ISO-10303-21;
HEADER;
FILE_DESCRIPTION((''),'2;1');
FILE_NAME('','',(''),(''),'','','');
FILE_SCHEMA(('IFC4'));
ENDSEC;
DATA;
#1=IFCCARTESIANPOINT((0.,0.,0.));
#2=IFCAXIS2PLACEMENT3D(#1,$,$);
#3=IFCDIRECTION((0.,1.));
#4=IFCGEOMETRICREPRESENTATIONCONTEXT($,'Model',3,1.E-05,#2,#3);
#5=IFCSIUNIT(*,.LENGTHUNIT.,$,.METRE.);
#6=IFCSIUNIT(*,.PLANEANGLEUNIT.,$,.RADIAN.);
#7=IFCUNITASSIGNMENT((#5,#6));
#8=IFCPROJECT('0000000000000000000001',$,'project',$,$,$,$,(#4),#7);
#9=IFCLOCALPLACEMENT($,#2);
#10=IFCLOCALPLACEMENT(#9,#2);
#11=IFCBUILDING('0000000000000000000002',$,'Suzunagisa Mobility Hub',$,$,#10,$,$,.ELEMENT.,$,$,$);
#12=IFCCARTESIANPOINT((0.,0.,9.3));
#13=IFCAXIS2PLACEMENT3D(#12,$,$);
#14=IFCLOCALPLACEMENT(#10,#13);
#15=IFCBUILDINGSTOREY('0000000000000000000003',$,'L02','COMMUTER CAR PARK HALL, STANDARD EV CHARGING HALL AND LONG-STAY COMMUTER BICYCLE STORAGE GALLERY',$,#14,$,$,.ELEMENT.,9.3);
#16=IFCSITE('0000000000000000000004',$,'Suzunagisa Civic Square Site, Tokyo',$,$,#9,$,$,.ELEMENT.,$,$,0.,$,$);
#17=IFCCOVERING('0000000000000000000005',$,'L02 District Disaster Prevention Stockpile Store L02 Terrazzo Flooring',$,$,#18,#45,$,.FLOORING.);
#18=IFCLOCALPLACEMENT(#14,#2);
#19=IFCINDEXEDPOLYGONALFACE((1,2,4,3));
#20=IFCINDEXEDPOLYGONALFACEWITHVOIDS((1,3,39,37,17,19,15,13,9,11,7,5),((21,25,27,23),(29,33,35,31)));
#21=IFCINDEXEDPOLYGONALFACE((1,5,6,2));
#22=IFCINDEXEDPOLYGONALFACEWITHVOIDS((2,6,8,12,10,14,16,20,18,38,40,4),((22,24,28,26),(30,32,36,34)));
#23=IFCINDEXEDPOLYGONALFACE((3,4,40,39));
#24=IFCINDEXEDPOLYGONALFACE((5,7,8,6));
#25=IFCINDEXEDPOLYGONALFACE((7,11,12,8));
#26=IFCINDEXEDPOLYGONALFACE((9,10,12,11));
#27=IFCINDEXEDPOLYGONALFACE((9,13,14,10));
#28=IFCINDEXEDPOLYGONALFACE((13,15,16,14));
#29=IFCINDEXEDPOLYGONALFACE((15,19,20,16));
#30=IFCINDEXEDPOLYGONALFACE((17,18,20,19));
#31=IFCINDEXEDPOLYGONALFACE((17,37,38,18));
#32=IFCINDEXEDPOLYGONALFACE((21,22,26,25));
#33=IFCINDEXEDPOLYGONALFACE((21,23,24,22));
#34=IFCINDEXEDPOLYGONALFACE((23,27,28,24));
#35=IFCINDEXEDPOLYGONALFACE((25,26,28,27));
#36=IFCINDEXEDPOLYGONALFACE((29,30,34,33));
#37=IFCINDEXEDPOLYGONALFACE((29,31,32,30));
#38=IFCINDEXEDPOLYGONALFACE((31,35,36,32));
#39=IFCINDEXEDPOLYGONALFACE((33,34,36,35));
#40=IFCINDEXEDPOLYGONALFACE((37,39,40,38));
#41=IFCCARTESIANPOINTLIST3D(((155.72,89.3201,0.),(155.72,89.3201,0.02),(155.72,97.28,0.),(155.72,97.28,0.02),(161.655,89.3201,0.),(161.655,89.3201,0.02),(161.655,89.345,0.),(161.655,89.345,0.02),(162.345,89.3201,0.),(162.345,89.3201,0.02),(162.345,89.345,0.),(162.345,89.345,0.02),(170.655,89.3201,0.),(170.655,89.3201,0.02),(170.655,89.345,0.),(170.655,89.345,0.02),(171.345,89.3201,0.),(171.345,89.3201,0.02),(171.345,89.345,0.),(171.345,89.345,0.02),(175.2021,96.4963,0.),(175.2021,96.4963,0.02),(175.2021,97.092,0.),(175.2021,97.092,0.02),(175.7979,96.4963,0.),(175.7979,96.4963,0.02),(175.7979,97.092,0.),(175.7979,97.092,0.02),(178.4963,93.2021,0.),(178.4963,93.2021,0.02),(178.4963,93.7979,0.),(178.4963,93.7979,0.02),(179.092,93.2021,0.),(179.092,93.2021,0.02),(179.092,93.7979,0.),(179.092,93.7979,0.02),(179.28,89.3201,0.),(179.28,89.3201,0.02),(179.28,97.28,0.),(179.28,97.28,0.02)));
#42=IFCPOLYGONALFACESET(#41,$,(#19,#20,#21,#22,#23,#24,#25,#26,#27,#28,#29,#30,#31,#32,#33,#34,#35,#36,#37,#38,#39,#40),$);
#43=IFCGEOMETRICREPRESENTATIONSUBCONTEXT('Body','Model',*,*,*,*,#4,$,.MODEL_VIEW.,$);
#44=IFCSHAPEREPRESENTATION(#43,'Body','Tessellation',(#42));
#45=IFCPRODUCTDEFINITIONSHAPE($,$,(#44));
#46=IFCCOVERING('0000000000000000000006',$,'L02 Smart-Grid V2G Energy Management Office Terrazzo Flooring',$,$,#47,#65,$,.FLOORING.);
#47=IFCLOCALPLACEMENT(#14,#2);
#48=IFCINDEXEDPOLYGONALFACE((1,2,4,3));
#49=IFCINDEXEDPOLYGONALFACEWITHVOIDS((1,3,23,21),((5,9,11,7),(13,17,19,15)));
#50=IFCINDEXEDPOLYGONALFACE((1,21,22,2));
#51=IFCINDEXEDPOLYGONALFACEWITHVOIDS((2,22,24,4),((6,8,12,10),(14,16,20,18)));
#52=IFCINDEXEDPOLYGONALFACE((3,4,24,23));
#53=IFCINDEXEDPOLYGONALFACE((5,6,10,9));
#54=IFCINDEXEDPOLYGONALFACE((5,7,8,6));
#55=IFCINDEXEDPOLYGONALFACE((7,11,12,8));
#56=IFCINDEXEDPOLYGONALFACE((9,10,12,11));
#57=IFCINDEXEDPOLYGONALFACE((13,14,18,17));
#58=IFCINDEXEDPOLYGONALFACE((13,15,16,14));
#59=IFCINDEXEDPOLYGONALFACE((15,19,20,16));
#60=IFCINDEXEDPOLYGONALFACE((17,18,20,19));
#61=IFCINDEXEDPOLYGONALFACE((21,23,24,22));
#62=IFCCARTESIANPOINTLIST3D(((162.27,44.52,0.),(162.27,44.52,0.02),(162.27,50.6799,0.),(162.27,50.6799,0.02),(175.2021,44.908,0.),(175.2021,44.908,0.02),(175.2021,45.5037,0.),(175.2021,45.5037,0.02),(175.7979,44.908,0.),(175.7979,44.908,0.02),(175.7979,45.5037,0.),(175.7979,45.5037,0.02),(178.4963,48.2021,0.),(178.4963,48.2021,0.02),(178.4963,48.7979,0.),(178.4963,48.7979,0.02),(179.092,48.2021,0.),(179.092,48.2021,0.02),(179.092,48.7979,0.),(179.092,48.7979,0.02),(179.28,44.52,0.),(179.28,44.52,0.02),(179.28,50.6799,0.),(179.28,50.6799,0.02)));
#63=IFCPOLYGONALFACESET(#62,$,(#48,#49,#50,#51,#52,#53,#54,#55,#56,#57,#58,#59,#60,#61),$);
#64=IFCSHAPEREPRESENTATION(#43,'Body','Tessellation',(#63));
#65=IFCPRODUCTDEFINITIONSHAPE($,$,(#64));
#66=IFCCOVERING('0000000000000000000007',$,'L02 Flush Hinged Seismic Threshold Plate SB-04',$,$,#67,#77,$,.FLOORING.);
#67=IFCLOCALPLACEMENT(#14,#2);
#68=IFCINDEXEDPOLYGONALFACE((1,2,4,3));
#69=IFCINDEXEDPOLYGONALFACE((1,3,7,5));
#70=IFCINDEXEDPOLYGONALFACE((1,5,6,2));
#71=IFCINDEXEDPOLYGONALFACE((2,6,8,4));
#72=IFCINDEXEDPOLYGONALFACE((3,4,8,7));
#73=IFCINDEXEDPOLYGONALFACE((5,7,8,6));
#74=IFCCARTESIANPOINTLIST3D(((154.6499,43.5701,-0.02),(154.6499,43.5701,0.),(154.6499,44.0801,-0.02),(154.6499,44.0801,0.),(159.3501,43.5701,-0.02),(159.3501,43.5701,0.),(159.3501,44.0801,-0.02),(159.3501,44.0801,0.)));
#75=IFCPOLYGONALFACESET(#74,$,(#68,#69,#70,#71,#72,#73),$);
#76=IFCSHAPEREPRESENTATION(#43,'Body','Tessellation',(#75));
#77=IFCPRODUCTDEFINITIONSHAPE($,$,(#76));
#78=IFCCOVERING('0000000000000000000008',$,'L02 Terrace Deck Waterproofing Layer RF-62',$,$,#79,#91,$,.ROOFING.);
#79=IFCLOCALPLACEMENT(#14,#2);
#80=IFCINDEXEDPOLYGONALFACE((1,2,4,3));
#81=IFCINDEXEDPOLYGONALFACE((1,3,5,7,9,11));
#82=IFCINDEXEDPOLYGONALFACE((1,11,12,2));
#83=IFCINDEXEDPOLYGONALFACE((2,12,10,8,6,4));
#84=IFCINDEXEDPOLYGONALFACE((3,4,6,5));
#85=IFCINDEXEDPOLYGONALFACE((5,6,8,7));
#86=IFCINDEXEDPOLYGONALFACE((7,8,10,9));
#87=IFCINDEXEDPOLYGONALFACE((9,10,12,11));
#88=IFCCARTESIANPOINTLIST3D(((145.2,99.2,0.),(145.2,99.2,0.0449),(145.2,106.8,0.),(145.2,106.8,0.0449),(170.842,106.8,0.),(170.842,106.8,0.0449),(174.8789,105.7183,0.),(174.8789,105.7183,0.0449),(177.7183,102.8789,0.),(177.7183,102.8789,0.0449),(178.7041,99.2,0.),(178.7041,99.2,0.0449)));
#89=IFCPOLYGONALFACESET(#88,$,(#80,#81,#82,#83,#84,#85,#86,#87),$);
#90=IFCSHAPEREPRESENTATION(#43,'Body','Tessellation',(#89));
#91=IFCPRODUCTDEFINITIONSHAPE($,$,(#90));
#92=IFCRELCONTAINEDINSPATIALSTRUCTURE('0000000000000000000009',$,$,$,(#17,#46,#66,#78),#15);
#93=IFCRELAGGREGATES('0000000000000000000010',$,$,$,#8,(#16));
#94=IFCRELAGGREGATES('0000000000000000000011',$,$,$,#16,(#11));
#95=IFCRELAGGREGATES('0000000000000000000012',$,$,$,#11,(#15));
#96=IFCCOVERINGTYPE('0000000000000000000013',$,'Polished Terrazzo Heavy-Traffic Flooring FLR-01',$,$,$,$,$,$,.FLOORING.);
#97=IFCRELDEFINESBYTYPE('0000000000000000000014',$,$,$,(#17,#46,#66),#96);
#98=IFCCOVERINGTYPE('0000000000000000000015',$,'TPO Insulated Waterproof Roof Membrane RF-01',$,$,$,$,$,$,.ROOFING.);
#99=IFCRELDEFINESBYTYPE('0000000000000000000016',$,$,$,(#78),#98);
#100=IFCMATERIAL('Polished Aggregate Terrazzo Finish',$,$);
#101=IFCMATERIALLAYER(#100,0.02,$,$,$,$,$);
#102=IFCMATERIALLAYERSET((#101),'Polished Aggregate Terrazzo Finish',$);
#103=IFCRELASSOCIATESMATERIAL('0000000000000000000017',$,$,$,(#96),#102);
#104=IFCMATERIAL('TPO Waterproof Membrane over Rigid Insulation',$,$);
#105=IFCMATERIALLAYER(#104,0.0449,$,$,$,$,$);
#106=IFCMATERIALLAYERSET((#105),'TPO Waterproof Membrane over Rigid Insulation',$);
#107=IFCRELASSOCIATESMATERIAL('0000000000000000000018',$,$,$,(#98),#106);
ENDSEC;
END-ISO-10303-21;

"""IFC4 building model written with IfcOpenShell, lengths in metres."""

from ifc_helpers import new_model, si_unit, direction, frame, origin, place, context, subcontext, project, spatial, polyline, outline, extrude, material, layer, layer_set, type_object, element, save


model = new_model("IFC4")

# Units and contexts
model_context = context("Model", 3, precision=1e-05, world=origin(), true_north=direction((0.0, 1.0)))
body_context = subcontext(model_context, "Body", "Model", "MODEL_VIEW")
ifc_project = project(units=[si_unit("LENGTHUNIT", "METRE"), si_unit("PLANEANGLEUNIT", "RADIAN")], contexts=[model_context])

# Site, building, storey
site_placement = place(None, origin())
site = spatial("IfcSite", under=ifc_project, at=site_placement, Name="Suzunagisa Civic Square Site, Tokyo", CompositionType="ELEMENT", RefElevation=0.0)
building_placement = place(site_placement, origin())
building = spatial("IfcBuilding", under=site, at=building_placement, Name="Suzunagisa Mobility Hub", CompositionType="ELEMENT")
storey_placement = place(building_placement, frame((0.0, 0.0, 9.3)))
storey = spatial("IfcBuildingStorey", under=building, at=storey_placement, Name="L02", Description="COMMUTER CAR PARK HALL, STANDARD EV CHARGING HALL AND LONG-STAY COMMUTER BICYCLE STORAGE GALLERY", CompositionType="ELEMENT", Elevation=9.3)

# Coverings
ifc_material_1 = material(Name="Polished Aggregate Terrazzo Finish")
ifc_layer_1 = layer(ifc_material_1, 0.02)
ifc_layer_set_1 = layer_set([ifc_layer_1], Name="Polished Aggregate Terrazzo Finish")
covering_type_1 = type_object("IfcCoveringType", Name="Polished Terrazzo Heavy-Traffic Flooring FLR-01", PredefinedType="FLOORING", material=ifc_layer_set_1)
covering_1_placement = place(storey_placement, origin())
element("IfcCovering", 1, at=covering_1_placement, inside=storey, type_object=covering_type_1, Name="L02 District Disaster Prevention Stockpile Store L02 Terrazzo Flooring", PredefinedType="FLOORING", context=body_context, shape_type="SweptSolid", body=[
    extrude(outline(polyline([(171.345, 89.3201), (171.345, 89.345), (170.655, 89.345), (170.655, 89.3201), (162.345, 89.3201), (162.345, 89.345), (161.655, 89.345), (161.655, 89.3201), (155.72, 89.3201), (155.72, 97.28), (179.28, 97.28), (179.28, 89.3201), (171.345, 89.3201)]), holes=[polyline([(175.7979, 97.092), (175.2021, 97.092), (175.2021, 96.4963), (175.7979, 96.4963), (175.7979, 97.092)]), polyline([(179.092, 93.2021), (179.092, 93.7979), (178.4963, 93.7979), (178.4963, 93.2021), (179.092, 93.2021)])]), origin(), (0.0, 0.0, 1.0), 0.02),
])
covering_2_placement = place(storey_placement, origin())
element("IfcCovering", 2, at=covering_2_placement, inside=storey, type_object=covering_type_1, Name="L02 Smart-Grid V2G Energy Management Office Terrazzo Flooring", PredefinedType="FLOORING", context=body_context, shape_type="SweptSolid", body=[
    extrude(outline(polyline([(162.27, 44.52), (162.27, 50.6799), (179.28, 50.6799), (179.28, 44.52), (162.27, 44.52)]), holes=[polyline([(175.7979, 45.5037), (175.2021, 45.5037), (175.2021, 44.908), (175.7979, 44.908), (175.7979, 45.5037)]), polyline([(179.092, 48.2021), (179.092, 48.7979), (178.4963, 48.7979), (178.4963, 48.2021), (179.092, 48.2021)])]), origin(), (0.0, 0.0, 1.0), 0.02),
])
covering_3_placement = place(storey_placement, frame((0.0, 0.0, -0.02)))
element("IfcCovering", 3, at=covering_3_placement, inside=storey, type_object=covering_type_1, Name="L02 Flush Hinged Seismic Threshold Plate SB-04", PredefinedType="FLOORING", context=body_context, shape_type="SweptSolid", body=[
    extrude(outline(polyline([(154.6499, 43.5701), (159.3501, 43.5701), (159.3501, 44.0801), (154.6499, 44.0801), (154.6499, 43.5701)])), origin(), (0.0, 0.0, 1.0), 0.02),
])
ifc_material_2 = material(Name="TPO Waterproof Membrane over Rigid Insulation")
ifc_layer_2 = layer(ifc_material_2, 0.0449)
ifc_layer_set_2 = layer_set([ifc_layer_2], Name="TPO Waterproof Membrane over Rigid Insulation")
covering_type_2 = type_object("IfcCoveringType", Name="TPO Insulated Waterproof Roof Membrane RF-01", PredefinedType="ROOFING", material=ifc_layer_set_2)
covering_4_placement = place(storey_placement, origin())
element("IfcCovering", 4, at=covering_4_placement, inside=storey, type_object=covering_type_2, Name="L02 Terrace Deck Waterproofing Layer RF-62", PredefinedType="ROOFING", context=body_context, shape_type="SweptSolid", body=[
    extrude(outline(polyline([(145.2, 99.2), (145.2, 106.8), (170.842, 106.8), (174.8789, 105.7183), (177.7183, 102.8789), (178.7041, 99.2), (145.2, 99.2)])), origin(), (0.0, 0.0, 1.0), 0.0449),
])

save(model, "model.ifc")
